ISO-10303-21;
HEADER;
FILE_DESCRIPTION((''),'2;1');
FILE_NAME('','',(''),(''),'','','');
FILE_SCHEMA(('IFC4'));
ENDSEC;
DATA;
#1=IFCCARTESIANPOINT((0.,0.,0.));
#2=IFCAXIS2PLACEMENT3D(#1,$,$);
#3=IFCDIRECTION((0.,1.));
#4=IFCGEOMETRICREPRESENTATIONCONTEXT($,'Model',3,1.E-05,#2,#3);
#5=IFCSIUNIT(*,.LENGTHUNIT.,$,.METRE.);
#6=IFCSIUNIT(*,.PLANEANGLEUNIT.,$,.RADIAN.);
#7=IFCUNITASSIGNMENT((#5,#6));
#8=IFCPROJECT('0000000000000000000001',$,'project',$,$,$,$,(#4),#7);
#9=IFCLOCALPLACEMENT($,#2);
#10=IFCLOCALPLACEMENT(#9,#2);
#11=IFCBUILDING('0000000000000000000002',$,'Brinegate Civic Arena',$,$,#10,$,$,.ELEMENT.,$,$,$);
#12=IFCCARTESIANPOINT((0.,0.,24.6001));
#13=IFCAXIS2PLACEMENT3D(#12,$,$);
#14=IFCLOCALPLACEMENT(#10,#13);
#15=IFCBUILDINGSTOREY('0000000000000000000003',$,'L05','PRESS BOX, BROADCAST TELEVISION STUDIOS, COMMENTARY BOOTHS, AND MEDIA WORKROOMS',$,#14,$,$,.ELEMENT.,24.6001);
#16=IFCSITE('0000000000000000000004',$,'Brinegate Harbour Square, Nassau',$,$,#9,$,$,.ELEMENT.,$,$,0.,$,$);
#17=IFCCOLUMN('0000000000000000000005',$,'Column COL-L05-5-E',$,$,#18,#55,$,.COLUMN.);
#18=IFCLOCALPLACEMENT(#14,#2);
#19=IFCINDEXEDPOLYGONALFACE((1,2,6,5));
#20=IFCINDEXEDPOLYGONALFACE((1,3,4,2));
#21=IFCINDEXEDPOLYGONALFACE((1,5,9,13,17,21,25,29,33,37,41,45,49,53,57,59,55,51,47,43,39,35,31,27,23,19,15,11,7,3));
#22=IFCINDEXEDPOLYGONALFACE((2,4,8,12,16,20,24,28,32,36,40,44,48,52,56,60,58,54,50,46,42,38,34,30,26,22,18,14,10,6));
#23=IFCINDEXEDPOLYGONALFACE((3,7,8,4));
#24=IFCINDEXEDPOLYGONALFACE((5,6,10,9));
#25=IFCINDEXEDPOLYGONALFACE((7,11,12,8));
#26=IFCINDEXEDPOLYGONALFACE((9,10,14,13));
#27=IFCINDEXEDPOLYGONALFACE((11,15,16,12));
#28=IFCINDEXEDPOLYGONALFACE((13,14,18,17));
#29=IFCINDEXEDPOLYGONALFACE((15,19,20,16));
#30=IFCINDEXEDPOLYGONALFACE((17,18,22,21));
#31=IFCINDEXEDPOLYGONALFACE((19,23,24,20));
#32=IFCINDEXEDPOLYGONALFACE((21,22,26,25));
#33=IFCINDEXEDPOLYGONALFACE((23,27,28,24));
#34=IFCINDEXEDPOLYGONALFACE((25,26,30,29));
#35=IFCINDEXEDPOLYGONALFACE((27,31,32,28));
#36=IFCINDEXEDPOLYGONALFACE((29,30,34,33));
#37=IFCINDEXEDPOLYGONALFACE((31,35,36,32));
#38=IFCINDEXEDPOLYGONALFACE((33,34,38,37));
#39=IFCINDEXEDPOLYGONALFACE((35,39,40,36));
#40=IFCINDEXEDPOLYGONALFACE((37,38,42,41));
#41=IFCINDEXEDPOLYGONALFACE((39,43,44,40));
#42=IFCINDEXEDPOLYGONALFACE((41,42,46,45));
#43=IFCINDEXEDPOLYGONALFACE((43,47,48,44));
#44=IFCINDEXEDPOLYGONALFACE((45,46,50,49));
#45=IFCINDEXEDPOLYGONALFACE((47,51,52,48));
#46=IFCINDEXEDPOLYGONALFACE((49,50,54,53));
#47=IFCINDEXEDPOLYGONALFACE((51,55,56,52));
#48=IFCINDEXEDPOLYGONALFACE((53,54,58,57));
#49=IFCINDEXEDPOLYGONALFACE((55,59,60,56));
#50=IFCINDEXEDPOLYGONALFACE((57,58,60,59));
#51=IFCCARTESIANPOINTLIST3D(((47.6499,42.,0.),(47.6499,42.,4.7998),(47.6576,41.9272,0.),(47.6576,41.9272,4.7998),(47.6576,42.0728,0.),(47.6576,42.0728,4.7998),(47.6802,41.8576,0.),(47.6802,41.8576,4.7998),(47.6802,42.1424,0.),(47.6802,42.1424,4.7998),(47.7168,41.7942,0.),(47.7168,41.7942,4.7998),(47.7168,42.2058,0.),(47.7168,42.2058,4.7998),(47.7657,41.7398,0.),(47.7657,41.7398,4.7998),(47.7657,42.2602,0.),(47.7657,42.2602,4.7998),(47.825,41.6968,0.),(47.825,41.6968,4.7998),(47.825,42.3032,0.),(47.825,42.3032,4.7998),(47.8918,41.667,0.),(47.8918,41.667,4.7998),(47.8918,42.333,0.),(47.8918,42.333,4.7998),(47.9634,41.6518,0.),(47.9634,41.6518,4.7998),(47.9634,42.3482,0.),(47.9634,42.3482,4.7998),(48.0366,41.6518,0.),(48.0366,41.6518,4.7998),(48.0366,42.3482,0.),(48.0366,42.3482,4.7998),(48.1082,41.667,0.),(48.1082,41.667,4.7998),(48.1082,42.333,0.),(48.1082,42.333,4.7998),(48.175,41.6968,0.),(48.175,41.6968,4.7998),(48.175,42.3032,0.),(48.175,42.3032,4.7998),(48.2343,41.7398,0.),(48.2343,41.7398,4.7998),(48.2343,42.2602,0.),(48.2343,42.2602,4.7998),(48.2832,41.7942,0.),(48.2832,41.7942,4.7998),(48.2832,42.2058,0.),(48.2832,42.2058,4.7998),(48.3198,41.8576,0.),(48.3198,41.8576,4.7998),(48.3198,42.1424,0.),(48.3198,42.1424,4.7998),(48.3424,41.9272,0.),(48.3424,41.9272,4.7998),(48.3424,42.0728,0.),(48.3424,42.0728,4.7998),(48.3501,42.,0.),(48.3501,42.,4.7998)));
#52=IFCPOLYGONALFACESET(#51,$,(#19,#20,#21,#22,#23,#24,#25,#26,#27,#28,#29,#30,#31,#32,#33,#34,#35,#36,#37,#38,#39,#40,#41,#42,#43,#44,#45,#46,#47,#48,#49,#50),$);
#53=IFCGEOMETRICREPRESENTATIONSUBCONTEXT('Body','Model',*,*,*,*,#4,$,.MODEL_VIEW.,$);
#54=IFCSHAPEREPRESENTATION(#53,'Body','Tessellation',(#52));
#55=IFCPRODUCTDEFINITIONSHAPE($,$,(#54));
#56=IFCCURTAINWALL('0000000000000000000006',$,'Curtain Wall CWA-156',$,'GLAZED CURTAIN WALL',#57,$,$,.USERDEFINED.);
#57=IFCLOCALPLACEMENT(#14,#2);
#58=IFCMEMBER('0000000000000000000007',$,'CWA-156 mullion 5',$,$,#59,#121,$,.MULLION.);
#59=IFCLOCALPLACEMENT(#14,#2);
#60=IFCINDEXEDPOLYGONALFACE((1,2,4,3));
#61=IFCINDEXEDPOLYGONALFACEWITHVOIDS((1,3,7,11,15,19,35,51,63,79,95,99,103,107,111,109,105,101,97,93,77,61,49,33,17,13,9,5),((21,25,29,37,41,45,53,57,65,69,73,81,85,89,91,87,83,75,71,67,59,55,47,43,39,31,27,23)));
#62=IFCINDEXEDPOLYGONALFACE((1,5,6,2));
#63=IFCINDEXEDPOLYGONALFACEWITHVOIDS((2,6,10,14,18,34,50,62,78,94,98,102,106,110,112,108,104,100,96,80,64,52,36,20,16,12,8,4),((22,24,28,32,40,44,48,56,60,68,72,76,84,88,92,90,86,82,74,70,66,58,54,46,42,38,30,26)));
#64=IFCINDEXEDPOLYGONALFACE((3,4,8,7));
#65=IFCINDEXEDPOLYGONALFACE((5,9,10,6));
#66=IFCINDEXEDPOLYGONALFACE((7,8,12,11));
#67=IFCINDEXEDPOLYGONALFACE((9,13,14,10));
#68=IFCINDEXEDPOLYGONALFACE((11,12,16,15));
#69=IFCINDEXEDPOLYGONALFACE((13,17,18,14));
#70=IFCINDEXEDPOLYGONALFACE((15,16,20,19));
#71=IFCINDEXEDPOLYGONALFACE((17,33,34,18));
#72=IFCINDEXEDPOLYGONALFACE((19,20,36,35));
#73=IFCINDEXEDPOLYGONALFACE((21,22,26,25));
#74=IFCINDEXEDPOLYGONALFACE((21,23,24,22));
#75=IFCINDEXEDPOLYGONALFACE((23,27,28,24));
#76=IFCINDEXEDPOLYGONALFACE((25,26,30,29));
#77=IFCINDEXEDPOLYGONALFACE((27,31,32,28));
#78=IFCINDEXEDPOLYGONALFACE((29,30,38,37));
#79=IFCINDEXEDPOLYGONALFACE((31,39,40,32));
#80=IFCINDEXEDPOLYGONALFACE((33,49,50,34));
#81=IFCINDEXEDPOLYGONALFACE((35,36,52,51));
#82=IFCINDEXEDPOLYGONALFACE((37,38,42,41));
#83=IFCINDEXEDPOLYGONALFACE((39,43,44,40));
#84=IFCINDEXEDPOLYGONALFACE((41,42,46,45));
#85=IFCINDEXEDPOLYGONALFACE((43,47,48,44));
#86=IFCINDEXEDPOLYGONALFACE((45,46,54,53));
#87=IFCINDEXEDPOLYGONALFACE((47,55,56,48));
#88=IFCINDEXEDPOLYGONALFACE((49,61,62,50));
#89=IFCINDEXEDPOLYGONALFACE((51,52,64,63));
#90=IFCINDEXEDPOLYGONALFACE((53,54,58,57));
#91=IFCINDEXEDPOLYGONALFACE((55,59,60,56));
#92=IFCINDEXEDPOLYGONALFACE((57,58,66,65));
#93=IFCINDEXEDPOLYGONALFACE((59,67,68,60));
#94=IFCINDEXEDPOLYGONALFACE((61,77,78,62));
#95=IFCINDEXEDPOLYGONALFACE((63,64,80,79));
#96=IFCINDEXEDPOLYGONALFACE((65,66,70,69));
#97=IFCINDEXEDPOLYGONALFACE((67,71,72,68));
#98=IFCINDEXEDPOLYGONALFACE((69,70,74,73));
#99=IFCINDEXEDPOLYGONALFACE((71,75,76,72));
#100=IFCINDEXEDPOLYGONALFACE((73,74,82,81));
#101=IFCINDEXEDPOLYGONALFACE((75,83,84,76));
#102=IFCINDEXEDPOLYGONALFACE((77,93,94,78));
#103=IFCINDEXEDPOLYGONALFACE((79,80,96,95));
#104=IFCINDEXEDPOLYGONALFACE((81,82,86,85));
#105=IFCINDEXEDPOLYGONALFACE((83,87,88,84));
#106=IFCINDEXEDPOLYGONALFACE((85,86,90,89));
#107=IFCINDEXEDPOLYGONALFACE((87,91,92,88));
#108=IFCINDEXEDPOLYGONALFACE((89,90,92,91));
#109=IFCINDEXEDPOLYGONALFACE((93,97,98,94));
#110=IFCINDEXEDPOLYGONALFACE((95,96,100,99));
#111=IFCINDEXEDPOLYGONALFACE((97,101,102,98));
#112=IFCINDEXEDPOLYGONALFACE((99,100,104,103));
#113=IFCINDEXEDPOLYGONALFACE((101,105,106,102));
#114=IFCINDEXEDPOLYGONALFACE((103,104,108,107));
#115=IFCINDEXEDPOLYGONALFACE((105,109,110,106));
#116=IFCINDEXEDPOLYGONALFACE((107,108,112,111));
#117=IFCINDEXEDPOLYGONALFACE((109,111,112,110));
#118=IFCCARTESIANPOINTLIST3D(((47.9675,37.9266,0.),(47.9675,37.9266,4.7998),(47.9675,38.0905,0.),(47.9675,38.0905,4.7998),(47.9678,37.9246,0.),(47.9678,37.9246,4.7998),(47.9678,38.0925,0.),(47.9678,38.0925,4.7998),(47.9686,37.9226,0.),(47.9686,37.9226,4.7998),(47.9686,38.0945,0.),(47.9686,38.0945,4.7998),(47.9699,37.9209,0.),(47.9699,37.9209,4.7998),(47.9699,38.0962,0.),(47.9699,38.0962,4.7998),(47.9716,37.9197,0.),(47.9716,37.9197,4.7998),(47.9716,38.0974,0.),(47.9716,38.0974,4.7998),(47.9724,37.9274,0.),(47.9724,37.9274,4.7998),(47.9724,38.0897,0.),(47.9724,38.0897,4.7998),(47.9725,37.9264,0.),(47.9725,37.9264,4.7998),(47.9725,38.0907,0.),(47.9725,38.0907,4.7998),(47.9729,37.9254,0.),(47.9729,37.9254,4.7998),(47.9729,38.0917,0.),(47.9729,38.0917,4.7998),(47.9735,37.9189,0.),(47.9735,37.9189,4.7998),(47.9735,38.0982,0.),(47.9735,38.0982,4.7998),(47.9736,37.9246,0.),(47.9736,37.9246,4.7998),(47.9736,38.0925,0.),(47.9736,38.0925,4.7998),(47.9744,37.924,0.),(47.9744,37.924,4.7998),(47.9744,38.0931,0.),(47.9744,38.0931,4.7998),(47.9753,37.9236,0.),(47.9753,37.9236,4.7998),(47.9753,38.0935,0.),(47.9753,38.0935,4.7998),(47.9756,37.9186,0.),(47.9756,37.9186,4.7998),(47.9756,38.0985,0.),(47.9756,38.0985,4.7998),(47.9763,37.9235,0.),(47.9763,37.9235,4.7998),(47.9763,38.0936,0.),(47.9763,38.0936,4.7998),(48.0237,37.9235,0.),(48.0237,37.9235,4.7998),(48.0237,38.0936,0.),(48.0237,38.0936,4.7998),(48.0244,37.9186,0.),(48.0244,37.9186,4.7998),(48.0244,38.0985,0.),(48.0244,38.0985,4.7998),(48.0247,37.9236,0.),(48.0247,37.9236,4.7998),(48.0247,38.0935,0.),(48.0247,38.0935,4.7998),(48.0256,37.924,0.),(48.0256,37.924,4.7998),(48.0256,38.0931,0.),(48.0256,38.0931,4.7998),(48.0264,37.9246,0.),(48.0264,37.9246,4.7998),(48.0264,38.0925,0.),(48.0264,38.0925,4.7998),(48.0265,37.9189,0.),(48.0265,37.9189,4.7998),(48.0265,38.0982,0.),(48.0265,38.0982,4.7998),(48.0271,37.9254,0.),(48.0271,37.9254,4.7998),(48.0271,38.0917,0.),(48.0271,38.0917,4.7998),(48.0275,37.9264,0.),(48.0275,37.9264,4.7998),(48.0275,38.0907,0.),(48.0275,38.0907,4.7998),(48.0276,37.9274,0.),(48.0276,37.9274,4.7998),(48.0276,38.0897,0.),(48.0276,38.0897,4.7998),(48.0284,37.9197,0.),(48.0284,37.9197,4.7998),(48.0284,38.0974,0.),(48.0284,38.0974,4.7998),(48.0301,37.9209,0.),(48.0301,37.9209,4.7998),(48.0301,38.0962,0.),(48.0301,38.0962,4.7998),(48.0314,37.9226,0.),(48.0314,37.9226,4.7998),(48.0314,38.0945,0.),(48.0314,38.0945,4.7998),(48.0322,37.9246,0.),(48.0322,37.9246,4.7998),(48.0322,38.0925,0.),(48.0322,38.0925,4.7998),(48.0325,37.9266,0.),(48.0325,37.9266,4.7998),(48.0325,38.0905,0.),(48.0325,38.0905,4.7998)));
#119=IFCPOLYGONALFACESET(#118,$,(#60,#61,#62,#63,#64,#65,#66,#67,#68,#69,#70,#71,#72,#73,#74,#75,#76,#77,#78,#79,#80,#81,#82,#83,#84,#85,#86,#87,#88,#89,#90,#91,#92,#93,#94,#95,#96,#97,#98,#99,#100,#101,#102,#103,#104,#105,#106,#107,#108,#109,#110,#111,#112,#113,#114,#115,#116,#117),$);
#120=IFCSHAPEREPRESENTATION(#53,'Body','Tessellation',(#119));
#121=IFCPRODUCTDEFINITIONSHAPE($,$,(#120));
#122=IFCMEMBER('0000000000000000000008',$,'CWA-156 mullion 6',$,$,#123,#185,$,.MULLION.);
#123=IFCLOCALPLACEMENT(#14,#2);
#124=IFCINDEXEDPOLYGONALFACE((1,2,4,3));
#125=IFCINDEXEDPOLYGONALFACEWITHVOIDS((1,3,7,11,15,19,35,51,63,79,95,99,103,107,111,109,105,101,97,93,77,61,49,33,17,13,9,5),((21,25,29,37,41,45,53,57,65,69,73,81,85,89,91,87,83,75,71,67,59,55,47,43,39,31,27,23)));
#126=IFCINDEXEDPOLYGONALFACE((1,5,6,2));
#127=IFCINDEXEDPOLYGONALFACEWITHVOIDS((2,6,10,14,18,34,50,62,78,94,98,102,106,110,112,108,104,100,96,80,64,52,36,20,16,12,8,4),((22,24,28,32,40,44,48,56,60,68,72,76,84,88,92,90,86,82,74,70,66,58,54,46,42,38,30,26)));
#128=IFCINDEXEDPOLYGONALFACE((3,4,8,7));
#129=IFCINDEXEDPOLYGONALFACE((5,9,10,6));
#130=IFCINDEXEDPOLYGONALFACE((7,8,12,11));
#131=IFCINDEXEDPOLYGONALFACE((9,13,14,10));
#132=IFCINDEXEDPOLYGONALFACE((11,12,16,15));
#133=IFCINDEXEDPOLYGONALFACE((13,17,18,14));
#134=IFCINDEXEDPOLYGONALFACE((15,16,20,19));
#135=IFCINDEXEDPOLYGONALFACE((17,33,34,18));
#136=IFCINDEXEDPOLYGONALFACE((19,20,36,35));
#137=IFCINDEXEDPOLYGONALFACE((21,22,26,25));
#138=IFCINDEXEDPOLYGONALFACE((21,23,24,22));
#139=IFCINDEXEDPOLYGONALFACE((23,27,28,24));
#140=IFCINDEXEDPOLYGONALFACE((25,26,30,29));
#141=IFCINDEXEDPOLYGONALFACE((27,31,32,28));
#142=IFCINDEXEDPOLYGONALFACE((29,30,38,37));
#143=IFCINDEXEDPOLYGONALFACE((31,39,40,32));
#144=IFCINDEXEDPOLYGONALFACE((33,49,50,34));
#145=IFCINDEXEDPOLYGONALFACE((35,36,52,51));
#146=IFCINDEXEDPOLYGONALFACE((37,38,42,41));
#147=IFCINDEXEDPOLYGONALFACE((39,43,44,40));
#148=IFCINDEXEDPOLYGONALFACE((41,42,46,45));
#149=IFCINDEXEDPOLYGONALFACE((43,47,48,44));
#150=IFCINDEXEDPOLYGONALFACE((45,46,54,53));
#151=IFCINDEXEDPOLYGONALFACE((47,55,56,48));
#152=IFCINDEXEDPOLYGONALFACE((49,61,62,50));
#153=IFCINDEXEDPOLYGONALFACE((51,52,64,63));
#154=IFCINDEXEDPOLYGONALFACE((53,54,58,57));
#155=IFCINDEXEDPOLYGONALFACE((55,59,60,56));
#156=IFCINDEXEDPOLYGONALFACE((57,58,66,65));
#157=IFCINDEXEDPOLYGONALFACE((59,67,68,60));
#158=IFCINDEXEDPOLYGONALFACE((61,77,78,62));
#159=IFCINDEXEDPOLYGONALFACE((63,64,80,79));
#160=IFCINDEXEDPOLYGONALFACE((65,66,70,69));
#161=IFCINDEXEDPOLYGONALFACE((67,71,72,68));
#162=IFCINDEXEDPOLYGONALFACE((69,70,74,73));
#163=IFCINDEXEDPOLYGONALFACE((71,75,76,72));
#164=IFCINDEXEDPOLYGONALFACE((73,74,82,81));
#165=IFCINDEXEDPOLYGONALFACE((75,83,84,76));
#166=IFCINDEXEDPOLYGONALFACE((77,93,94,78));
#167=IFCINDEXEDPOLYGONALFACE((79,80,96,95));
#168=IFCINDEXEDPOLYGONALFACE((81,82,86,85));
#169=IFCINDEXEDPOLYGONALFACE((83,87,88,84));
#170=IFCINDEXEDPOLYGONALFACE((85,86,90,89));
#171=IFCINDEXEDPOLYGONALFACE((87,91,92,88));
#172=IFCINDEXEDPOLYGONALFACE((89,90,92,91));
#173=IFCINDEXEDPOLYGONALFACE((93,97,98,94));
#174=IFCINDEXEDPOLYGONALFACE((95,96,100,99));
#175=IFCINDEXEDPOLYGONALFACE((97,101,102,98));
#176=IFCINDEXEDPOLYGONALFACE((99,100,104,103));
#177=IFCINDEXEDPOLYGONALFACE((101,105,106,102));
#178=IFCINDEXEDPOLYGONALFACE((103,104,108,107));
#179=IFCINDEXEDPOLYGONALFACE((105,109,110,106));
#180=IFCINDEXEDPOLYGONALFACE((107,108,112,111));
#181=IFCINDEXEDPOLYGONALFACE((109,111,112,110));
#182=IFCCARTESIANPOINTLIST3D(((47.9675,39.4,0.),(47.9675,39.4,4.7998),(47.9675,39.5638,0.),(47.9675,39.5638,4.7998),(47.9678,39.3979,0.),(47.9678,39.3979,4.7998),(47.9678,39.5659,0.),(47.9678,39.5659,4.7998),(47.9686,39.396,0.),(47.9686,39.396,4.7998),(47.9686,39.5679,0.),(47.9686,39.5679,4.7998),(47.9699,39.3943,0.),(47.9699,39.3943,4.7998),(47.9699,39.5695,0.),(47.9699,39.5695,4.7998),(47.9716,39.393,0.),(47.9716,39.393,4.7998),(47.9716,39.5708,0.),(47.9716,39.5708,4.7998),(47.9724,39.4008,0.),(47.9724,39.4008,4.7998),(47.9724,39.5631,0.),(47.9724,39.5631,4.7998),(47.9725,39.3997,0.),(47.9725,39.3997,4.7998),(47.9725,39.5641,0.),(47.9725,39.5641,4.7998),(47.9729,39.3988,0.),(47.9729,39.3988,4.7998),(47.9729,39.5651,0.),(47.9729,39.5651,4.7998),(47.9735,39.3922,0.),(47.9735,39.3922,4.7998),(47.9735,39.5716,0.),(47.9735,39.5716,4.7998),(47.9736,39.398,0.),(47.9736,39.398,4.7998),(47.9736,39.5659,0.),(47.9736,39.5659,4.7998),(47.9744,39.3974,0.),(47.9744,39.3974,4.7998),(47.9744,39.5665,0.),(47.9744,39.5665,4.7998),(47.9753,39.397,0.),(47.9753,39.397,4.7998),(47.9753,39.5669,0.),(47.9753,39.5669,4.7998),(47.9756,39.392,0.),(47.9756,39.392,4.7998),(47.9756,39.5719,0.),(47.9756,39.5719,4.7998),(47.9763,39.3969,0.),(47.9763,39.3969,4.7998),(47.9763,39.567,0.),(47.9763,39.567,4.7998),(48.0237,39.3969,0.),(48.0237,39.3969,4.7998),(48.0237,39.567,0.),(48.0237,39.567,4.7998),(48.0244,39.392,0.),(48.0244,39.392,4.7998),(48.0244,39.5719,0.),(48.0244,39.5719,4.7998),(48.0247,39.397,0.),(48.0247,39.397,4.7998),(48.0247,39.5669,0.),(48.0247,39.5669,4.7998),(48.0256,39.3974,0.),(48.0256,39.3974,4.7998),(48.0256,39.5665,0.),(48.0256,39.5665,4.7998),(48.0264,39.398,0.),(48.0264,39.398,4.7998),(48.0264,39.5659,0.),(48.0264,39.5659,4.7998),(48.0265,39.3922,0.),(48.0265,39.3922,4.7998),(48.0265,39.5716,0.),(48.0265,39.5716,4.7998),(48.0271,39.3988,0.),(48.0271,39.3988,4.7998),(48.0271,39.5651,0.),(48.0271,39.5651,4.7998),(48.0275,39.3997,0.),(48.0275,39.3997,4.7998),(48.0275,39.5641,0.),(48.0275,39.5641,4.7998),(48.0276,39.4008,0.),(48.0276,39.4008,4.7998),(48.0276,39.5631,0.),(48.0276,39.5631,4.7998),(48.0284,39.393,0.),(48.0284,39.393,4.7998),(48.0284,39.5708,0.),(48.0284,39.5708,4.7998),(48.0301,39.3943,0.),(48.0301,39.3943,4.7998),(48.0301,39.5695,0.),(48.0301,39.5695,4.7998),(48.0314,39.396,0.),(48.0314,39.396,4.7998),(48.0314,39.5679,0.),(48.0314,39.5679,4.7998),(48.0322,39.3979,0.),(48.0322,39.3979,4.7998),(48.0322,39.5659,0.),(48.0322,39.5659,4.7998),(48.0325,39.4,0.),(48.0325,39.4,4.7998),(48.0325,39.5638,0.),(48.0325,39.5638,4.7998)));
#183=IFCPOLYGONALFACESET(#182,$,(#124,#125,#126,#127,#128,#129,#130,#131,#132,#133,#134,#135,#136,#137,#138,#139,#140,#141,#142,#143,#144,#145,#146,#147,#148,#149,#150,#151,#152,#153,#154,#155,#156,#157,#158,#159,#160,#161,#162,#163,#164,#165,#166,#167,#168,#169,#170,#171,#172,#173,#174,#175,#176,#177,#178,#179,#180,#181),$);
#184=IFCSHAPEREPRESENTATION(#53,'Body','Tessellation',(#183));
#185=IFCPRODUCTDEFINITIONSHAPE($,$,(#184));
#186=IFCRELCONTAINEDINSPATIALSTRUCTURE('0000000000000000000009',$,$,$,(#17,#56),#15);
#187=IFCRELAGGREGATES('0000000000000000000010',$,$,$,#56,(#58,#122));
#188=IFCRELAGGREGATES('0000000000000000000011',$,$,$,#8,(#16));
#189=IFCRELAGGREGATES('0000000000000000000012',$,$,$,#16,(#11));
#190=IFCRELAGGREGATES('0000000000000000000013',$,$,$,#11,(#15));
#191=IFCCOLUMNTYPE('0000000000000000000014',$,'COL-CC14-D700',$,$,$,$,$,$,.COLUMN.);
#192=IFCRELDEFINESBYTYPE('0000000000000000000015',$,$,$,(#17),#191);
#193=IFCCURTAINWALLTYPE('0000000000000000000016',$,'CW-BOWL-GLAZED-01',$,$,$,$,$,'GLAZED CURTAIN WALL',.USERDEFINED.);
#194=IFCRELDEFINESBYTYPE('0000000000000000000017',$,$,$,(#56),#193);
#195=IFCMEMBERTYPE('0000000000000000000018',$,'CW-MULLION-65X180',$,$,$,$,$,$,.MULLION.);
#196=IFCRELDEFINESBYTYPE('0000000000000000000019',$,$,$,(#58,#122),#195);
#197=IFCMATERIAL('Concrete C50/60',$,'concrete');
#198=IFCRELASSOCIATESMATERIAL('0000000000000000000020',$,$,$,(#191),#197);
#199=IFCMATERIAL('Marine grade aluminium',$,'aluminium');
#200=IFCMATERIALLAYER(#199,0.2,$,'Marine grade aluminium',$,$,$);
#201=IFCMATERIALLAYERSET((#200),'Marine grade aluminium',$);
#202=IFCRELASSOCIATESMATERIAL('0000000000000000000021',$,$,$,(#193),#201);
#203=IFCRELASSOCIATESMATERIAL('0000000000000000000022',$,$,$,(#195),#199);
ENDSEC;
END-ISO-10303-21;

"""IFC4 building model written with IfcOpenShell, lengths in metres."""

from ifc_helpers import new_model, si_unit, direction, frame, origin, origin_2d, place, context, subcontext, project, spatial, hollow_rectangle, circle, extrude, material, layer, layer_set, material_profile, profile_set, type_object, element, aggregate, save


model = new_model("IFC4")

# Units and contexts
model_context = context("Model", 3, precision=1e-05, world=origin(), true_north=direction((0.0, 1.0)))
body_context = subcontext(model_context, "Body", "Model", "MODEL_VIEW")
ifc_project = project(units=[si_unit("LENGTHUNIT", "METRE"), si_unit("PLANEANGLEUNIT", "RADIAN")], contexts=[model_context])

# Site, building, storey
site_placement = place(None, origin())
site = spatial("IfcSite", under=ifc_project, at=site_placement, Name="Brinegate Harbour Square, Nassau", CompositionType="ELEMENT", RefElevation=0.0)
building_placement = place(site_placement, origin())
building = spatial("IfcBuilding", under=site, at=building_placement, Name="Brinegate Civic Arena", CompositionType="ELEMENT")
storey_placement = place(building_placement, frame((0.0, 0.0, 24.6001)))
storey = spatial("IfcBuildingStorey", under=building, at=storey_placement, Name="L05", Description="PRESS BOX, BROADCAST TELEVISION STUDIOS, COMMENTARY BOOTHS, AND MEDIA WORKROOMS", CompositionType="ELEMENT", Elevation=24.6001)

# Column
ifc_material_1 = material(Name="Concrete C50/60", Category="concrete")
ifc_material_profile_1 = material_profile(ifc_material_1, circle(Radius=0.3501, at=origin_2d()), Name="RCD700")
ifc_profile_set_1 = profile_set([ifc_material_profile_1], Name="Concrete C50/60")
column_type = type_object("IfcColumnType", Name="COL-CC14-D700", PredefinedType="COLUMN", material=ifc_profile_set_1)
column_placement = place(storey_placement, frame((48.0, 42.0, 0.0), z_axis=(0.0, 0.0, 1.0), x_axis=(1.0, 0.0, 0.0)))
element("IfcColumn", 1, at=column_placement, inside=storey, type_object=column_type, Name="Column COL-L05-5-E", PredefinedType="COLUMN", context=body_context, shape_type="SweptSolid", body=[
    extrude(circle(Radius=0.3501, at=origin_2d()), origin(), (0.0, 0.0, 1.0), 4.7998),
])

# Curtain wall, members
ifc_material_2 = material(Name="Marine grade aluminium", Category="aluminium")
ifc_layer_1 = layer(ifc_material_2, 0.2, Name="Marine grade aluminium")
ifc_layer_set_1 = layer_set([ifc_layer_1], Name="Marine grade aluminium")
curtain_wall_type = type_object("IfcCurtainWallType", Name="CW-BOWL-GLAZED-01", ElementType="GLAZED CURTAIN WALL", PredefinedType="USERDEFINED", material=ifc_layer_set_1)
curtain_wall_1_placement = place(storey_placement, origin())
curtain_wall_1 = element("IfcCurtainWall", 2, at=curtain_wall_1_placement, inside=storey, type_object=curtain_wall_type, Name="Curtain Wall CWA-156", ObjectType="GLAZED CURTAIN WALL", PredefinedType="USERDEFINED")
ifc_material_profile_2 = material_profile(ifc_material_2, hollow_rectangle(XDim=0.0649, YDim=0.1799, WallThickness=0.0049, InnerFilletRadius=0.0039, OuterFilletRadius=0.0081, at=origin_2d()), Name="MUL65X180")
ifc_profile_set_2 = profile_set([ifc_material_profile_2], Name="Marine grade aluminium")
member_type_1 = type_object("IfcMemberType", Name="CW-MULLION-65X180", PredefinedType="MULLION", material=ifc_profile_set_2)
member_1_placement = place(storey_placement, frame((48.0, 38.0085, 0.0), z_axis=(0.0, 0.0, 1.0), x_axis=(-1.0, 0.0, 0.0)))
member_1 = element("IfcMember", 3, at=member_1_placement, type_object=member_type_1, Name="CWA-156 mullion 5", PredefinedType="MULLION", context=body_context, shape_type="SweptSolid", body=[
    extrude(hollow_rectangle(XDim=0.0649, YDim=0.1799, WallThickness=0.0049, InnerFilletRadius=0.0039, OuterFilletRadius=0.0081, at=origin_2d()), origin(), (0.0, 0.0, 1.0), 4.7998),
])
member_2_placement = place(storey_placement, frame((48.0, 39.4819, 0.0), z_axis=(0.0, 0.0, 1.0), x_axis=(-1.0, 0.0, 0.0)))
member_2 = element("IfcMember", 4, at=member_2_placement, type_object=member_type_1, Name="CWA-156 mullion 6", PredefinedType="MULLION", context=body_context, shape_type="SweptSolid", body=[
    extrude(hollow_rectangle(XDim=0.0649, YDim=0.1799, WallThickness=0.0049, InnerFilletRadius=0.0039, OuterFilletRadius=0.0081, at=origin_2d()), origin(), (0.0, 0.0, 1.0), 4.7998),
])

aggregate(curtain_wall_1, [member_1, member_2])

save(model, "model.ifc")
